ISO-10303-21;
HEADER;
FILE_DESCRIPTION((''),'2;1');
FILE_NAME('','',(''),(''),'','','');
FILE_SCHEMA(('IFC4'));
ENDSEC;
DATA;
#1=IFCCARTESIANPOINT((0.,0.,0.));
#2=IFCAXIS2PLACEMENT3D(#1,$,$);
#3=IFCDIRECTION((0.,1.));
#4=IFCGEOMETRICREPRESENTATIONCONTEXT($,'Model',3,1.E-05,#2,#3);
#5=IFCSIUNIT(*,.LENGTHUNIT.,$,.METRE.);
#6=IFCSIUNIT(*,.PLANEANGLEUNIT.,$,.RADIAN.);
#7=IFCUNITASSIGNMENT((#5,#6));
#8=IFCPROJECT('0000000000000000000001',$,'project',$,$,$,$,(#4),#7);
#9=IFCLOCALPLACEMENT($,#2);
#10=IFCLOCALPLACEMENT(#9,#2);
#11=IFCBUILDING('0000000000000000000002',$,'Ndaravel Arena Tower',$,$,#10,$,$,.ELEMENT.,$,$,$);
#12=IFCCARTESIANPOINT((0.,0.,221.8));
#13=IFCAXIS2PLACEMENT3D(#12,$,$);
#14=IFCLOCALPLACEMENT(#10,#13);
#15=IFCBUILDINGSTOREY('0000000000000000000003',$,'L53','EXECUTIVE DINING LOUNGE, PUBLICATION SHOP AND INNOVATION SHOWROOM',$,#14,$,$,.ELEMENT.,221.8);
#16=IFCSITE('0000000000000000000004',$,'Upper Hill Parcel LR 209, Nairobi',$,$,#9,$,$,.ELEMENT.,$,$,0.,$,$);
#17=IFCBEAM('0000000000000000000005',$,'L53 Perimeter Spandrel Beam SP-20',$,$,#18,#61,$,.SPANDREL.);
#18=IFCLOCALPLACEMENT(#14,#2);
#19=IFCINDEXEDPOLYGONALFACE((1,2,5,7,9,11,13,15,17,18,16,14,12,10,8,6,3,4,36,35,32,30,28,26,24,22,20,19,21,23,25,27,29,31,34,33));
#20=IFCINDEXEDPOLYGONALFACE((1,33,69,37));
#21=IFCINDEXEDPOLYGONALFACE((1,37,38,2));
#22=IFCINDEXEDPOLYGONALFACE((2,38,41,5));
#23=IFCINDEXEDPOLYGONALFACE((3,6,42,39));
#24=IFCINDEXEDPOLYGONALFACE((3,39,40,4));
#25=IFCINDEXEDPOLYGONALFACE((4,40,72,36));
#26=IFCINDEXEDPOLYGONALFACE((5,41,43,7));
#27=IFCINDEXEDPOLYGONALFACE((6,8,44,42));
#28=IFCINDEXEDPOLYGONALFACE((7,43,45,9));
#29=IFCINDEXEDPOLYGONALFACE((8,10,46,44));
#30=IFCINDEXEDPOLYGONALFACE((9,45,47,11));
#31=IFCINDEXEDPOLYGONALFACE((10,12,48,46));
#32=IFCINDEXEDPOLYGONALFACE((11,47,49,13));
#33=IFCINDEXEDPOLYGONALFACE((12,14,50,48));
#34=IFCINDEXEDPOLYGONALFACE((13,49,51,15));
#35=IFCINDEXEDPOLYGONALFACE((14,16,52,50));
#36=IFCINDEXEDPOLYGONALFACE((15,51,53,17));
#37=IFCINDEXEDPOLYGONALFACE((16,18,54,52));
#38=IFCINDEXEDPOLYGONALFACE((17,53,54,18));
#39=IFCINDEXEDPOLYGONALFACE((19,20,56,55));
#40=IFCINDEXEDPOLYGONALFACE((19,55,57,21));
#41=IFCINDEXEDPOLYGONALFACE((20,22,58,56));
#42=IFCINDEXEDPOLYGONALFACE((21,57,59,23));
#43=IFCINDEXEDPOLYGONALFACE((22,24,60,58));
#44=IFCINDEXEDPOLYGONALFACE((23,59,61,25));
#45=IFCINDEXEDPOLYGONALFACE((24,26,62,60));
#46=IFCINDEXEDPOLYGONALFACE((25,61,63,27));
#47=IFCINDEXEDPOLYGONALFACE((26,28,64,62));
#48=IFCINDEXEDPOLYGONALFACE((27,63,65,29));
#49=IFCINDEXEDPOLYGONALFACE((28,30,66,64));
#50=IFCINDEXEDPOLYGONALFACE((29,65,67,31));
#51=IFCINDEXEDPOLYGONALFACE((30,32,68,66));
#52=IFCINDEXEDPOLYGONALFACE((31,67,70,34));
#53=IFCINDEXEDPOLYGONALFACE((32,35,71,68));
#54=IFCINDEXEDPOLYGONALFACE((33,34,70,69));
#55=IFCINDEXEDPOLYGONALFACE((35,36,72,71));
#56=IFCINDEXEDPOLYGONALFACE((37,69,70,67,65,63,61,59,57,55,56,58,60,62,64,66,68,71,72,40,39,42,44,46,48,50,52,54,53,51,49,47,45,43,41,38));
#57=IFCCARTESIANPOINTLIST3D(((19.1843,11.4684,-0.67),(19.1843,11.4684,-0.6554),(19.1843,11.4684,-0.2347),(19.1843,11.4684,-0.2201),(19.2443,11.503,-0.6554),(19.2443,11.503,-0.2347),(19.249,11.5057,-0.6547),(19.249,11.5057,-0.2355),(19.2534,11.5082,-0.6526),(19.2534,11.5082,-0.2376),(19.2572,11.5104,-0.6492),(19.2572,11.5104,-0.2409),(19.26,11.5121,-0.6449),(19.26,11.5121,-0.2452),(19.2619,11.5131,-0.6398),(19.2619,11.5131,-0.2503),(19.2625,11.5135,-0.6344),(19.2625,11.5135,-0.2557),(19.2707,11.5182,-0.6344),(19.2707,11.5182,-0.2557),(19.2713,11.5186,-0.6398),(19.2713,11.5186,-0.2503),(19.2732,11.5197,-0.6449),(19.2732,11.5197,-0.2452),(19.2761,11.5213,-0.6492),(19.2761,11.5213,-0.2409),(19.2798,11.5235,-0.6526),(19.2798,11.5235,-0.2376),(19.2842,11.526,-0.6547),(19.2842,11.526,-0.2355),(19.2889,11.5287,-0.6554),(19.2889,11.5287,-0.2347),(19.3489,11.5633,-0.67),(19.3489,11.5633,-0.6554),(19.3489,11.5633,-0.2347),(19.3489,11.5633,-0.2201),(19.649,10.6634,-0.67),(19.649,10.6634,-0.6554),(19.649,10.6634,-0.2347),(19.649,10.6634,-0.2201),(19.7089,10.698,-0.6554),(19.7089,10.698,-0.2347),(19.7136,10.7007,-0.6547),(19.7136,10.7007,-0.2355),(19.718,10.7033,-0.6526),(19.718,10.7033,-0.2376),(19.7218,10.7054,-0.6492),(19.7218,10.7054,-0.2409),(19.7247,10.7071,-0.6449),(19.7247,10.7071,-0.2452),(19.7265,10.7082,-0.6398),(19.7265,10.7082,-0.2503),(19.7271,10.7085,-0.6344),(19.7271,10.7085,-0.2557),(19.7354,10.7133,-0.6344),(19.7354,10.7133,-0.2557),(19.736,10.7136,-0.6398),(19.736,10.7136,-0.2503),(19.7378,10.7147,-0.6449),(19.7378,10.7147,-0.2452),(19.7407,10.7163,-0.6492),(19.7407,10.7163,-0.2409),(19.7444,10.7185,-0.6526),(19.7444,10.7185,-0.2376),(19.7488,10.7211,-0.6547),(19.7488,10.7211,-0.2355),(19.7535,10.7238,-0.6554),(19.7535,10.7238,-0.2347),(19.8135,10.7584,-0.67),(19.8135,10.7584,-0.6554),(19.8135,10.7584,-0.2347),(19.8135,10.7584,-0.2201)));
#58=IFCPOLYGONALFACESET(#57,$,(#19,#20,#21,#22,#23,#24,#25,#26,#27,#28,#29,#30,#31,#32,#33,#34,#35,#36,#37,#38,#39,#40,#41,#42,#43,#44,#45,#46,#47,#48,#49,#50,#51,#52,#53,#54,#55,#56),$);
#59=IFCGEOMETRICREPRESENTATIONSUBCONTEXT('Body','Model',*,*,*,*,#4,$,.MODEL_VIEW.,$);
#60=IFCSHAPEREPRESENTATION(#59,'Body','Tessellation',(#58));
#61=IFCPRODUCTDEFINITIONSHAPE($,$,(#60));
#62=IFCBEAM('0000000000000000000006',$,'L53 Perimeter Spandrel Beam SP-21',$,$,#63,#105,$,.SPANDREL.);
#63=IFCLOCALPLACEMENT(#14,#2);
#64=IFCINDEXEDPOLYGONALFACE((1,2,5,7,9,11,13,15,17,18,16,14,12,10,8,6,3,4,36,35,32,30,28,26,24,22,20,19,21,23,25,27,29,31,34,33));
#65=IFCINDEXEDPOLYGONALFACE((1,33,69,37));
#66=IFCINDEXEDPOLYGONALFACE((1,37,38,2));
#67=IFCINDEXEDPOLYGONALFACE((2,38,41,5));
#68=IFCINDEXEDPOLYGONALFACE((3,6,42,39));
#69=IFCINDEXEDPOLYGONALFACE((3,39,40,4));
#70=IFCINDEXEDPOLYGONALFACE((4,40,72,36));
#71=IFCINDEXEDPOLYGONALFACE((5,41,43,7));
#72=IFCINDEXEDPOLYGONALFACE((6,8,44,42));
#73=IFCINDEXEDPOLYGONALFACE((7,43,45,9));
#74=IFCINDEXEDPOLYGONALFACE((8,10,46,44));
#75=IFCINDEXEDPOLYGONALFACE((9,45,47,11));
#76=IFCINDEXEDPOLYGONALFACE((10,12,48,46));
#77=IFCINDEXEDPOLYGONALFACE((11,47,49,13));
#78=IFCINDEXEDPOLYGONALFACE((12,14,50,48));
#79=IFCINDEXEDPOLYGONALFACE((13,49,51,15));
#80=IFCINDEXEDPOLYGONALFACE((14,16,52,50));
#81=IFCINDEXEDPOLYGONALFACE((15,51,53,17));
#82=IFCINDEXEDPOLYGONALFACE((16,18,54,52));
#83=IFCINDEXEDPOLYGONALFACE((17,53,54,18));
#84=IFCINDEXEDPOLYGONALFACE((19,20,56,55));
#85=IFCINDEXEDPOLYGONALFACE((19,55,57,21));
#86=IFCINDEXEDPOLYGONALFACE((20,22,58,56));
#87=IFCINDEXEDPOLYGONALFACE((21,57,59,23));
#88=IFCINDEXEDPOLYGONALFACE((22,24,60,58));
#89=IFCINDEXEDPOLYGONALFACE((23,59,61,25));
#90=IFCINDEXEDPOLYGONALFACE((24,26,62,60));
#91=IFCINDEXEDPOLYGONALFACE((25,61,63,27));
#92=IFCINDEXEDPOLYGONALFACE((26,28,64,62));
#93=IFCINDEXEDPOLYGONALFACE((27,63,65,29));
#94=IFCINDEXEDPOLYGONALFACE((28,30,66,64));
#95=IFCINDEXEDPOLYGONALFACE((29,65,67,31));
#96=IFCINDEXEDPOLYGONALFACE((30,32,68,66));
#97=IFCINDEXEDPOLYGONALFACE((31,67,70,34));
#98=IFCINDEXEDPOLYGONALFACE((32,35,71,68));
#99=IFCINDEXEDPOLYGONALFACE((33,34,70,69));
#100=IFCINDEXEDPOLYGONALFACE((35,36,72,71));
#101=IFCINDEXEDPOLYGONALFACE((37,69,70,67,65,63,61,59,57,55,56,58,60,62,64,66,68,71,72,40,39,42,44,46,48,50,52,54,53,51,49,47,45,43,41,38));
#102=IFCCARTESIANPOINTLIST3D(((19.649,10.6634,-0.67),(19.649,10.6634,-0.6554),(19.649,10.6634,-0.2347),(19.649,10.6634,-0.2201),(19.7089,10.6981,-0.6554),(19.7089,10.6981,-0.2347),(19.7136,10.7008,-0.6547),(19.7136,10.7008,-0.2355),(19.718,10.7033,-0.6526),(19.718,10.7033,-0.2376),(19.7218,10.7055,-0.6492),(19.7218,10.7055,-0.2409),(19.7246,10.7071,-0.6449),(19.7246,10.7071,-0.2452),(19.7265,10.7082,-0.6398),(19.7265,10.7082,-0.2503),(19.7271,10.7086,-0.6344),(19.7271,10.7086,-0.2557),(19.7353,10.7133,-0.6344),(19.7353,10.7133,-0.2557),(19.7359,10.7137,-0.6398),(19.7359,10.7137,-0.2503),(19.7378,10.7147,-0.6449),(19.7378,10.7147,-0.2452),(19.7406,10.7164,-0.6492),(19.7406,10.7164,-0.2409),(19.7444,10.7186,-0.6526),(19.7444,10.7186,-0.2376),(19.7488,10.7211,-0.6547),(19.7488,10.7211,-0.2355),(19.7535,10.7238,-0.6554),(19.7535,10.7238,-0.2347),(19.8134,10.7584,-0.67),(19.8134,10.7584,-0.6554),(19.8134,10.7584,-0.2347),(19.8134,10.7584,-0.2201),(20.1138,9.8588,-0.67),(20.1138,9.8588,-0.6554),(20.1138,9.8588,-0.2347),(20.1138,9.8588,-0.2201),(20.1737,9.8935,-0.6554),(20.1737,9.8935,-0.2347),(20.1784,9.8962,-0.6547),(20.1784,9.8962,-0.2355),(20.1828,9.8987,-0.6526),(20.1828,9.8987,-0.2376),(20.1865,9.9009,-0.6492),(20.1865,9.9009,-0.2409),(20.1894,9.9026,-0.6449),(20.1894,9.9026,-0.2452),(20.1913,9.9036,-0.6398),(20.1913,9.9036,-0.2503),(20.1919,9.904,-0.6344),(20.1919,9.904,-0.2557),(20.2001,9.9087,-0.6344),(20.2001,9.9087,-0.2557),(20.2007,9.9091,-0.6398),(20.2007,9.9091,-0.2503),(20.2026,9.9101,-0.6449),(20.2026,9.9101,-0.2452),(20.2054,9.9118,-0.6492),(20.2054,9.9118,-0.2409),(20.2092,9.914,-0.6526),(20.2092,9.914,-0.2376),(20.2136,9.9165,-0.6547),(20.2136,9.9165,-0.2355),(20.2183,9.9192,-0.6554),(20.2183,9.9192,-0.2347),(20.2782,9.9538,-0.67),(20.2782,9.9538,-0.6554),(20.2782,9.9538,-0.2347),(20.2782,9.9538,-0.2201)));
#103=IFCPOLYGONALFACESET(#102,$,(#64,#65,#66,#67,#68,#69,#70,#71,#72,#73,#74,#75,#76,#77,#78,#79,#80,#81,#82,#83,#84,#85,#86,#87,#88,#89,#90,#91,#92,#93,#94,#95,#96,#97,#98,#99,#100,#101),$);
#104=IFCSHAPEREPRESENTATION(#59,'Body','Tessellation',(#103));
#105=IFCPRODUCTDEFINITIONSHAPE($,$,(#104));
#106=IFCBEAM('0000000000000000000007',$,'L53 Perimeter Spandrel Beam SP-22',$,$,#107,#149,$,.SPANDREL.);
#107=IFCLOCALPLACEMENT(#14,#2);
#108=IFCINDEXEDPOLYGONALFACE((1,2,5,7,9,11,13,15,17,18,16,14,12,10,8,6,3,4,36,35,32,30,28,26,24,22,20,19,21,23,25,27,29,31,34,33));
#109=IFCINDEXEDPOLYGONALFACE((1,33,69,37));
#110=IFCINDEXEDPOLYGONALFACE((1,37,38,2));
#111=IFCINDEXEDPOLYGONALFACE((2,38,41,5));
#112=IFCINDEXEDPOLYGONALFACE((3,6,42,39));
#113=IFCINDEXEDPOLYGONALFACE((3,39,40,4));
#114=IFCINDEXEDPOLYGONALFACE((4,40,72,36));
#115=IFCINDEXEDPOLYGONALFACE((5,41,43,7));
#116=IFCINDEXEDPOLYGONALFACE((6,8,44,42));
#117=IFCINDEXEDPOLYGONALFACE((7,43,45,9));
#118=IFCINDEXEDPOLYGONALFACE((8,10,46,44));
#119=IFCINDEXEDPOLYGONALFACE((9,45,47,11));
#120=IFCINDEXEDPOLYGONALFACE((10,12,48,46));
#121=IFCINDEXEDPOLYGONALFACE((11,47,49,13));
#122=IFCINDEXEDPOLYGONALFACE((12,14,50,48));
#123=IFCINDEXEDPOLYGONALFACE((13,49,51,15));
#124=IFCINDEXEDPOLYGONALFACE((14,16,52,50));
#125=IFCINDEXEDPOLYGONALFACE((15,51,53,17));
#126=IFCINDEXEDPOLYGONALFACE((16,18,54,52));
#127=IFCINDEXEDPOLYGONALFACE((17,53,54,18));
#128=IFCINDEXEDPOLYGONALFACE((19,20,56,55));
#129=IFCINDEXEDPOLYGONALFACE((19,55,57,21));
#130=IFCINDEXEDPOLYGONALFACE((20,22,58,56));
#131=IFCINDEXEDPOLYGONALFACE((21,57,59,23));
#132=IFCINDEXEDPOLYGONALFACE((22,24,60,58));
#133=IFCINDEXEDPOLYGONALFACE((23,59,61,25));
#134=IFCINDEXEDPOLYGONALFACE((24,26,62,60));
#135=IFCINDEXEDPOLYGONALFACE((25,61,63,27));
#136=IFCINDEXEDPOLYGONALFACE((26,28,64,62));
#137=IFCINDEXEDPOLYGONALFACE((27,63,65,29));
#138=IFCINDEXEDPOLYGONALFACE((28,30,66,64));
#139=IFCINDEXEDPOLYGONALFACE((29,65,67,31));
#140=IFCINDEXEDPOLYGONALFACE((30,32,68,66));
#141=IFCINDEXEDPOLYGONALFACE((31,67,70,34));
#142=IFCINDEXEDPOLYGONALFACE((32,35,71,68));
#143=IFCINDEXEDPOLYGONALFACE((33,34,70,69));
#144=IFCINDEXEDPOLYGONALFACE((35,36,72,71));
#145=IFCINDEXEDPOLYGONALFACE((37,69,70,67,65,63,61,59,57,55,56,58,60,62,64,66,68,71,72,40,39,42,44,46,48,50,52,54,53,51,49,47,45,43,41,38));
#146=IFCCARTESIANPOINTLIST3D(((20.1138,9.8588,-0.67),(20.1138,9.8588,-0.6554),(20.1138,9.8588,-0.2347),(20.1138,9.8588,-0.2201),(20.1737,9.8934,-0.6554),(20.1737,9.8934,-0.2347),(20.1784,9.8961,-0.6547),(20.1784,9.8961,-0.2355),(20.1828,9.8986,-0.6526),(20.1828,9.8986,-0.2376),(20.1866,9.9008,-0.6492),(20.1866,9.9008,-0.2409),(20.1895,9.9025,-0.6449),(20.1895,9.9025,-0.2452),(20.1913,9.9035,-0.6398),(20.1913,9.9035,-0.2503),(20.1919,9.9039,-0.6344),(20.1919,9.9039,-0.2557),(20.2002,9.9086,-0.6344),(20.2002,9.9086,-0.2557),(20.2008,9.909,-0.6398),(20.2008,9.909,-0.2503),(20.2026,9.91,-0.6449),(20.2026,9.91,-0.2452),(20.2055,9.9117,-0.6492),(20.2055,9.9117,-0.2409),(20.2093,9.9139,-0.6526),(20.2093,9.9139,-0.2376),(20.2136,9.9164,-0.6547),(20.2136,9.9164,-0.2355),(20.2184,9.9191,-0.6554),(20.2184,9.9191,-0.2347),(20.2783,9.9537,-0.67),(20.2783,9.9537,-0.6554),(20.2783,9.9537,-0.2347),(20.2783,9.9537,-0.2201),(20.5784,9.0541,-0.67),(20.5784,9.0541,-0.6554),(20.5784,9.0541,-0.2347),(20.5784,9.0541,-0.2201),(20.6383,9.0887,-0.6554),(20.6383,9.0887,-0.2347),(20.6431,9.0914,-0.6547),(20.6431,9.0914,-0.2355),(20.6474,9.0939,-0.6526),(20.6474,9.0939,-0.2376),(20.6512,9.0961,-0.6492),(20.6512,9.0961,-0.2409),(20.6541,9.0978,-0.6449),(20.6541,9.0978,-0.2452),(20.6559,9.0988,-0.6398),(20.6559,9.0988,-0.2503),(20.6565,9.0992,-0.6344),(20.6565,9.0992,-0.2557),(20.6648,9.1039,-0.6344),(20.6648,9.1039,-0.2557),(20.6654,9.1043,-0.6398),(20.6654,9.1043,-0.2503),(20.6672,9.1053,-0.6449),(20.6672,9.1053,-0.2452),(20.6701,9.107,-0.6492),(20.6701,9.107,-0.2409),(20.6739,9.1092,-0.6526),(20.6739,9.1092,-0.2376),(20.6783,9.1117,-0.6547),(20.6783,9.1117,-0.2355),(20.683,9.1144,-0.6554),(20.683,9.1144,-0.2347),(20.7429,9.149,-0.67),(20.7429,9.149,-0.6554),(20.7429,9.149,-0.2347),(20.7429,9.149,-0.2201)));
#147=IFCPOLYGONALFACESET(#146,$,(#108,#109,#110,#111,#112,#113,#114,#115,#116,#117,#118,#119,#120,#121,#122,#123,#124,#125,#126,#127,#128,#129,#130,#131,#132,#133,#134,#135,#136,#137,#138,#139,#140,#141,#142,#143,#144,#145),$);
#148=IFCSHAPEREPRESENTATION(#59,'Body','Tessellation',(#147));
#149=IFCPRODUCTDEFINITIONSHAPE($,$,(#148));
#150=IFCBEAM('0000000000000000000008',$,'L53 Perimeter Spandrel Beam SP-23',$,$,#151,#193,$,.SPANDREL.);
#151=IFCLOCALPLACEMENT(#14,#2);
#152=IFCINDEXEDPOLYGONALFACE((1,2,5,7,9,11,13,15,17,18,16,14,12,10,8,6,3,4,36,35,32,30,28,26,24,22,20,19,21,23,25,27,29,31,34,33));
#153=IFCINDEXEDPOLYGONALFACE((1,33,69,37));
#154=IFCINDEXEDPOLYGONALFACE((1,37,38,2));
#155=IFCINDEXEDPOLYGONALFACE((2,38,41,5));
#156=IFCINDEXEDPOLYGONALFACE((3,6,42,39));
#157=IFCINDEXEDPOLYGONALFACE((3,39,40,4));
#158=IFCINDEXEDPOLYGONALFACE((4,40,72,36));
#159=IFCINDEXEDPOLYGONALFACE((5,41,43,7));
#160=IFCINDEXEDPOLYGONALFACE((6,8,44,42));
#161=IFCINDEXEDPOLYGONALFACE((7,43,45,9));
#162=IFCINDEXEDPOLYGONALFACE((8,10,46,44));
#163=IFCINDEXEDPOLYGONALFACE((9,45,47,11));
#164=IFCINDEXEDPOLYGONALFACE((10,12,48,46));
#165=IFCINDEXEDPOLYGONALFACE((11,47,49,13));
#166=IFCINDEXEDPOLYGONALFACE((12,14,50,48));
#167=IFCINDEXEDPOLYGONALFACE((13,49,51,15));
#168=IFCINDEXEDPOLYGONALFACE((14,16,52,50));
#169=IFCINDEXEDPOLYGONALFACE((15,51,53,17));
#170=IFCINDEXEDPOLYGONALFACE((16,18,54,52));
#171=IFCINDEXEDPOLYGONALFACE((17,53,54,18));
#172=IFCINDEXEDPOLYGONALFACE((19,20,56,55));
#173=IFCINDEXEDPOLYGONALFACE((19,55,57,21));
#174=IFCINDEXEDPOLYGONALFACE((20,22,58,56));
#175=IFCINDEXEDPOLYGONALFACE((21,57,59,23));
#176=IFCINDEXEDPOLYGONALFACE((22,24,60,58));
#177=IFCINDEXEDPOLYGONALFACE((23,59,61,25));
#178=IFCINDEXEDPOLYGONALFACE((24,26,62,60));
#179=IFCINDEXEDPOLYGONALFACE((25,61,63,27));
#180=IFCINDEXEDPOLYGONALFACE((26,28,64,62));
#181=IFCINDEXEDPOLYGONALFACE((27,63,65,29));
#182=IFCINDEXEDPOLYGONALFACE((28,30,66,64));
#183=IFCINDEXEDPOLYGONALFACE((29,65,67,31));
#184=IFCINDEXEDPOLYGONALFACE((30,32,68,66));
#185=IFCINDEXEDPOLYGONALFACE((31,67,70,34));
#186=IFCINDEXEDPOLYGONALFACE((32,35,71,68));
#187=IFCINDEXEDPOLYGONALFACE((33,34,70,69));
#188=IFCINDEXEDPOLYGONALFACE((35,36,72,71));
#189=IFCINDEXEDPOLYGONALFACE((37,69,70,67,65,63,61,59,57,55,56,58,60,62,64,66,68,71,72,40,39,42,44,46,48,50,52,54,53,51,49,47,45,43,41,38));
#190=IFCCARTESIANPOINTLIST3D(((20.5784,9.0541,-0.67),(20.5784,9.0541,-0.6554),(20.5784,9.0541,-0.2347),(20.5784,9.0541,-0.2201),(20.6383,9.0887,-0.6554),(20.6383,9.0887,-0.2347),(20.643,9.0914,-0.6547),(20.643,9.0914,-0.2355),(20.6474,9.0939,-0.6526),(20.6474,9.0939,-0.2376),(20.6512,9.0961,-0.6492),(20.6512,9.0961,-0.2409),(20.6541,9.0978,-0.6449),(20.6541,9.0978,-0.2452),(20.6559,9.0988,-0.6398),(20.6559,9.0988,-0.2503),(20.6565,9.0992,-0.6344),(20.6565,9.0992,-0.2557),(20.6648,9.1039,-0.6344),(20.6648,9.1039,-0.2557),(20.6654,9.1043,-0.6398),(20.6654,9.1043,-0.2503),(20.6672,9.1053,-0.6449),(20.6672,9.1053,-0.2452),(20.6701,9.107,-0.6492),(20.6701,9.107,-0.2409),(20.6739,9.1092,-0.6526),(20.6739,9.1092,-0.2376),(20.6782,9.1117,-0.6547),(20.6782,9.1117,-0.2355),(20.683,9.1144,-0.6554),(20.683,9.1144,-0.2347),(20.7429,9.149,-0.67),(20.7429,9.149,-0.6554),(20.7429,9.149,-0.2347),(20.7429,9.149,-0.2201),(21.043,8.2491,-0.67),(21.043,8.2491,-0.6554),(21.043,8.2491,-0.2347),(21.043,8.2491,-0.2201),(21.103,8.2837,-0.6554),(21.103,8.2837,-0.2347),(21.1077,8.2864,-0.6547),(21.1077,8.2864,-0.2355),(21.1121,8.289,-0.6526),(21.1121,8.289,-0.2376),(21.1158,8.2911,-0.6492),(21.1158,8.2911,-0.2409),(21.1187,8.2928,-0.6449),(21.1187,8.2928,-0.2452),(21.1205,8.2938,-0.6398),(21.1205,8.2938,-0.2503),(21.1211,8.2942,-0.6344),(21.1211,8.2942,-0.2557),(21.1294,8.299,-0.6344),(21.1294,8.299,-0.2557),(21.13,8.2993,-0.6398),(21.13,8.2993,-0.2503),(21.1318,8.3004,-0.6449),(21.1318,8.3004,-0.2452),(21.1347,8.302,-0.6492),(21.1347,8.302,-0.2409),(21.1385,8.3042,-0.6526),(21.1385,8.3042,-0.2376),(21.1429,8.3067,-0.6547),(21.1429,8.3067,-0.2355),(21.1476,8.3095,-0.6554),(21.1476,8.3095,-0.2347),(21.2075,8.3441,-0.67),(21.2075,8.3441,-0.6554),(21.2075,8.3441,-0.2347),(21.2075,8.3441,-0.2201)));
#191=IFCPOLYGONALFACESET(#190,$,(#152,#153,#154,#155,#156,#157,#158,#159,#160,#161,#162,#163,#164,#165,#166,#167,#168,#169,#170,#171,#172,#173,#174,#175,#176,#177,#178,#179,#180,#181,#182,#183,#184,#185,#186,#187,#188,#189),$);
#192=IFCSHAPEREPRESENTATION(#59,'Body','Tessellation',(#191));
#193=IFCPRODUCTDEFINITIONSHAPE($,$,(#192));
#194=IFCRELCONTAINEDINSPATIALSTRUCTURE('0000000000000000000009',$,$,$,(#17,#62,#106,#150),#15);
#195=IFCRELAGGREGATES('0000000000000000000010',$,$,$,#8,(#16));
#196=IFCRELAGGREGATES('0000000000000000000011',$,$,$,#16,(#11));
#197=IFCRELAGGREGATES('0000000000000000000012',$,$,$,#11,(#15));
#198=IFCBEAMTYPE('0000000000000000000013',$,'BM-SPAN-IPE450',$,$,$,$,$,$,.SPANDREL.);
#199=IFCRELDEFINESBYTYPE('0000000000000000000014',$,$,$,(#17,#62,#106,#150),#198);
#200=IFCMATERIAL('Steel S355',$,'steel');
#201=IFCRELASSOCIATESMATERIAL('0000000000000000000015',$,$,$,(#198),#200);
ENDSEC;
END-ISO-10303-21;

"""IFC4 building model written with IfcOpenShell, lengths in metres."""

from ifc_helpers import new_model, si_unit, direction, frame, origin, origin_2d, place, context, subcontext, project, spatial, i_section, extrude, material, material_profile, profile_set, type_object, element, save


model = new_model("IFC4")

# Units and contexts
model_context = context("Model", 3, precision=1e-05, world=origin(), true_north=direction((0.0, 1.0)))
body_context = subcontext(model_context, "Body", "Model", "MODEL_VIEW")
ifc_project = project(units=[si_unit("LENGTHUNIT", "METRE"), si_unit("PLANEANGLEUNIT", "RADIAN")], contexts=[model_context])

# Site, building, storey
site_placement = place(None, origin())
site = spatial("IfcSite", under=ifc_project, at=site_placement, Name="Upper Hill Parcel LR 209, Nairobi", CompositionType="ELEMENT", RefElevation=0.0)
building_placement = place(site_placement, origin())
building = spatial("IfcBuilding", under=site, at=building_placement, Name="Ndaravel Arena Tower", CompositionType="ELEMENT")
storey_placement = place(building_placement, frame((0.0, 0.0, 221.8)))
storey = spatial("IfcBuildingStorey", under=building, at=storey_placement, Name="L53", Description="EXECUTIVE DINING LOUNGE, PUBLICATION SHOP AND INNOVATION SHOWROOM", CompositionType="ELEMENT", Elevation=221.8)

# Beams
ifc_material_1 = material(Name="Steel S355", Category="steel")
ifc_material_profile_1 = material_profile(ifc_material_1, i_section(OverallWidth=0.1899, OverallDepth=0.45, WebThickness=0.0095, FlangeThickness=0.0146, FilletRadius=0.021, at=origin_2d()), Name="IPE 450")
ifc_profile_set_1 = profile_set([ifc_material_profile_1], Name="Steel S355")
beam_type = type_object("IfcBeamType", Name="BM-SPAN-IPE450", PredefinedType="SPANDREL", material=ifc_profile_set_1)
beam_1_placement = place(storey_placement, frame((19.2666, 11.5159, -0.4451), z_axis=(0.499897, -0.866085, 0.0), x_axis=(0.866085, 0.499897, 0.0)))
element("IfcBeam", 1, at=beam_1_placement, inside=storey, type_object=beam_type, Name="L53 Perimeter Spandrel Beam SP-20", PredefinedType="SPANDREL", context=body_context, shape_type="SweptSolid", body=[
    extrude(i_section(OverallWidth=0.1899, OverallDepth=0.45, WebThickness=0.0095, FlangeThickness=0.0146, FilletRadius=0.021, at=origin_2d()), origin(), (0.0, 0.0, 1.0), 0.9294),
])
for number, where, z_axis, x_axis, name in (
    (2, (19.7312, 10.7109, -0.4451), (0.500208, -0.865906, 0.0), (0.865906, 0.500208, 0.0), "L53 Perimeter Spandrel Beam SP-21"),
    (3, (20.196, 9.9062, -0.4451), (0.500011, -0.866019, 0.0), (0.866019, 0.500011, 0.0), "L53 Perimeter Spandrel Beam SP-22"),
):
    element("IfcBeam", number, at=place(storey_placement, frame(where, z_axis=z_axis, x_axis=x_axis)), inside=storey, type_object=beam_type, Name=name, PredefinedType="SPANDREL", context=body_context, shape_type="SweptSolid", body=[
        extrude(i_section(OverallWidth=0.1899, OverallDepth=0.45, WebThickness=0.0095, FlangeThickness=0.0146, FilletRadius=0.021, at=origin_2d()), origin(), (0.0, 0.0, 1.0), 0.9292),
    ])
beam_2_placement = place(storey_placement, frame((20.6606, 9.1016, -0.4451), z_axis=(0.499897, -0.866085, 0.0), x_axis=(0.866085, 0.499897, 0.0)))
element("IfcBeam", 4, at=beam_2_placement, inside=storey, type_object=beam_type, Name="L53 Perimeter Spandrel Beam SP-23", PredefinedType="SPANDREL", context=body_context, shape_type="SweptSolid", body=[
    extrude(i_section(OverallWidth=0.1899, OverallDepth=0.45, WebThickness=0.0095, FlangeThickness=0.0146, FilletRadius=0.021, at=origin_2d()), origin(), (0.0, 0.0, 1.0), 0.9294),
])

save(model, "model.ifc")
